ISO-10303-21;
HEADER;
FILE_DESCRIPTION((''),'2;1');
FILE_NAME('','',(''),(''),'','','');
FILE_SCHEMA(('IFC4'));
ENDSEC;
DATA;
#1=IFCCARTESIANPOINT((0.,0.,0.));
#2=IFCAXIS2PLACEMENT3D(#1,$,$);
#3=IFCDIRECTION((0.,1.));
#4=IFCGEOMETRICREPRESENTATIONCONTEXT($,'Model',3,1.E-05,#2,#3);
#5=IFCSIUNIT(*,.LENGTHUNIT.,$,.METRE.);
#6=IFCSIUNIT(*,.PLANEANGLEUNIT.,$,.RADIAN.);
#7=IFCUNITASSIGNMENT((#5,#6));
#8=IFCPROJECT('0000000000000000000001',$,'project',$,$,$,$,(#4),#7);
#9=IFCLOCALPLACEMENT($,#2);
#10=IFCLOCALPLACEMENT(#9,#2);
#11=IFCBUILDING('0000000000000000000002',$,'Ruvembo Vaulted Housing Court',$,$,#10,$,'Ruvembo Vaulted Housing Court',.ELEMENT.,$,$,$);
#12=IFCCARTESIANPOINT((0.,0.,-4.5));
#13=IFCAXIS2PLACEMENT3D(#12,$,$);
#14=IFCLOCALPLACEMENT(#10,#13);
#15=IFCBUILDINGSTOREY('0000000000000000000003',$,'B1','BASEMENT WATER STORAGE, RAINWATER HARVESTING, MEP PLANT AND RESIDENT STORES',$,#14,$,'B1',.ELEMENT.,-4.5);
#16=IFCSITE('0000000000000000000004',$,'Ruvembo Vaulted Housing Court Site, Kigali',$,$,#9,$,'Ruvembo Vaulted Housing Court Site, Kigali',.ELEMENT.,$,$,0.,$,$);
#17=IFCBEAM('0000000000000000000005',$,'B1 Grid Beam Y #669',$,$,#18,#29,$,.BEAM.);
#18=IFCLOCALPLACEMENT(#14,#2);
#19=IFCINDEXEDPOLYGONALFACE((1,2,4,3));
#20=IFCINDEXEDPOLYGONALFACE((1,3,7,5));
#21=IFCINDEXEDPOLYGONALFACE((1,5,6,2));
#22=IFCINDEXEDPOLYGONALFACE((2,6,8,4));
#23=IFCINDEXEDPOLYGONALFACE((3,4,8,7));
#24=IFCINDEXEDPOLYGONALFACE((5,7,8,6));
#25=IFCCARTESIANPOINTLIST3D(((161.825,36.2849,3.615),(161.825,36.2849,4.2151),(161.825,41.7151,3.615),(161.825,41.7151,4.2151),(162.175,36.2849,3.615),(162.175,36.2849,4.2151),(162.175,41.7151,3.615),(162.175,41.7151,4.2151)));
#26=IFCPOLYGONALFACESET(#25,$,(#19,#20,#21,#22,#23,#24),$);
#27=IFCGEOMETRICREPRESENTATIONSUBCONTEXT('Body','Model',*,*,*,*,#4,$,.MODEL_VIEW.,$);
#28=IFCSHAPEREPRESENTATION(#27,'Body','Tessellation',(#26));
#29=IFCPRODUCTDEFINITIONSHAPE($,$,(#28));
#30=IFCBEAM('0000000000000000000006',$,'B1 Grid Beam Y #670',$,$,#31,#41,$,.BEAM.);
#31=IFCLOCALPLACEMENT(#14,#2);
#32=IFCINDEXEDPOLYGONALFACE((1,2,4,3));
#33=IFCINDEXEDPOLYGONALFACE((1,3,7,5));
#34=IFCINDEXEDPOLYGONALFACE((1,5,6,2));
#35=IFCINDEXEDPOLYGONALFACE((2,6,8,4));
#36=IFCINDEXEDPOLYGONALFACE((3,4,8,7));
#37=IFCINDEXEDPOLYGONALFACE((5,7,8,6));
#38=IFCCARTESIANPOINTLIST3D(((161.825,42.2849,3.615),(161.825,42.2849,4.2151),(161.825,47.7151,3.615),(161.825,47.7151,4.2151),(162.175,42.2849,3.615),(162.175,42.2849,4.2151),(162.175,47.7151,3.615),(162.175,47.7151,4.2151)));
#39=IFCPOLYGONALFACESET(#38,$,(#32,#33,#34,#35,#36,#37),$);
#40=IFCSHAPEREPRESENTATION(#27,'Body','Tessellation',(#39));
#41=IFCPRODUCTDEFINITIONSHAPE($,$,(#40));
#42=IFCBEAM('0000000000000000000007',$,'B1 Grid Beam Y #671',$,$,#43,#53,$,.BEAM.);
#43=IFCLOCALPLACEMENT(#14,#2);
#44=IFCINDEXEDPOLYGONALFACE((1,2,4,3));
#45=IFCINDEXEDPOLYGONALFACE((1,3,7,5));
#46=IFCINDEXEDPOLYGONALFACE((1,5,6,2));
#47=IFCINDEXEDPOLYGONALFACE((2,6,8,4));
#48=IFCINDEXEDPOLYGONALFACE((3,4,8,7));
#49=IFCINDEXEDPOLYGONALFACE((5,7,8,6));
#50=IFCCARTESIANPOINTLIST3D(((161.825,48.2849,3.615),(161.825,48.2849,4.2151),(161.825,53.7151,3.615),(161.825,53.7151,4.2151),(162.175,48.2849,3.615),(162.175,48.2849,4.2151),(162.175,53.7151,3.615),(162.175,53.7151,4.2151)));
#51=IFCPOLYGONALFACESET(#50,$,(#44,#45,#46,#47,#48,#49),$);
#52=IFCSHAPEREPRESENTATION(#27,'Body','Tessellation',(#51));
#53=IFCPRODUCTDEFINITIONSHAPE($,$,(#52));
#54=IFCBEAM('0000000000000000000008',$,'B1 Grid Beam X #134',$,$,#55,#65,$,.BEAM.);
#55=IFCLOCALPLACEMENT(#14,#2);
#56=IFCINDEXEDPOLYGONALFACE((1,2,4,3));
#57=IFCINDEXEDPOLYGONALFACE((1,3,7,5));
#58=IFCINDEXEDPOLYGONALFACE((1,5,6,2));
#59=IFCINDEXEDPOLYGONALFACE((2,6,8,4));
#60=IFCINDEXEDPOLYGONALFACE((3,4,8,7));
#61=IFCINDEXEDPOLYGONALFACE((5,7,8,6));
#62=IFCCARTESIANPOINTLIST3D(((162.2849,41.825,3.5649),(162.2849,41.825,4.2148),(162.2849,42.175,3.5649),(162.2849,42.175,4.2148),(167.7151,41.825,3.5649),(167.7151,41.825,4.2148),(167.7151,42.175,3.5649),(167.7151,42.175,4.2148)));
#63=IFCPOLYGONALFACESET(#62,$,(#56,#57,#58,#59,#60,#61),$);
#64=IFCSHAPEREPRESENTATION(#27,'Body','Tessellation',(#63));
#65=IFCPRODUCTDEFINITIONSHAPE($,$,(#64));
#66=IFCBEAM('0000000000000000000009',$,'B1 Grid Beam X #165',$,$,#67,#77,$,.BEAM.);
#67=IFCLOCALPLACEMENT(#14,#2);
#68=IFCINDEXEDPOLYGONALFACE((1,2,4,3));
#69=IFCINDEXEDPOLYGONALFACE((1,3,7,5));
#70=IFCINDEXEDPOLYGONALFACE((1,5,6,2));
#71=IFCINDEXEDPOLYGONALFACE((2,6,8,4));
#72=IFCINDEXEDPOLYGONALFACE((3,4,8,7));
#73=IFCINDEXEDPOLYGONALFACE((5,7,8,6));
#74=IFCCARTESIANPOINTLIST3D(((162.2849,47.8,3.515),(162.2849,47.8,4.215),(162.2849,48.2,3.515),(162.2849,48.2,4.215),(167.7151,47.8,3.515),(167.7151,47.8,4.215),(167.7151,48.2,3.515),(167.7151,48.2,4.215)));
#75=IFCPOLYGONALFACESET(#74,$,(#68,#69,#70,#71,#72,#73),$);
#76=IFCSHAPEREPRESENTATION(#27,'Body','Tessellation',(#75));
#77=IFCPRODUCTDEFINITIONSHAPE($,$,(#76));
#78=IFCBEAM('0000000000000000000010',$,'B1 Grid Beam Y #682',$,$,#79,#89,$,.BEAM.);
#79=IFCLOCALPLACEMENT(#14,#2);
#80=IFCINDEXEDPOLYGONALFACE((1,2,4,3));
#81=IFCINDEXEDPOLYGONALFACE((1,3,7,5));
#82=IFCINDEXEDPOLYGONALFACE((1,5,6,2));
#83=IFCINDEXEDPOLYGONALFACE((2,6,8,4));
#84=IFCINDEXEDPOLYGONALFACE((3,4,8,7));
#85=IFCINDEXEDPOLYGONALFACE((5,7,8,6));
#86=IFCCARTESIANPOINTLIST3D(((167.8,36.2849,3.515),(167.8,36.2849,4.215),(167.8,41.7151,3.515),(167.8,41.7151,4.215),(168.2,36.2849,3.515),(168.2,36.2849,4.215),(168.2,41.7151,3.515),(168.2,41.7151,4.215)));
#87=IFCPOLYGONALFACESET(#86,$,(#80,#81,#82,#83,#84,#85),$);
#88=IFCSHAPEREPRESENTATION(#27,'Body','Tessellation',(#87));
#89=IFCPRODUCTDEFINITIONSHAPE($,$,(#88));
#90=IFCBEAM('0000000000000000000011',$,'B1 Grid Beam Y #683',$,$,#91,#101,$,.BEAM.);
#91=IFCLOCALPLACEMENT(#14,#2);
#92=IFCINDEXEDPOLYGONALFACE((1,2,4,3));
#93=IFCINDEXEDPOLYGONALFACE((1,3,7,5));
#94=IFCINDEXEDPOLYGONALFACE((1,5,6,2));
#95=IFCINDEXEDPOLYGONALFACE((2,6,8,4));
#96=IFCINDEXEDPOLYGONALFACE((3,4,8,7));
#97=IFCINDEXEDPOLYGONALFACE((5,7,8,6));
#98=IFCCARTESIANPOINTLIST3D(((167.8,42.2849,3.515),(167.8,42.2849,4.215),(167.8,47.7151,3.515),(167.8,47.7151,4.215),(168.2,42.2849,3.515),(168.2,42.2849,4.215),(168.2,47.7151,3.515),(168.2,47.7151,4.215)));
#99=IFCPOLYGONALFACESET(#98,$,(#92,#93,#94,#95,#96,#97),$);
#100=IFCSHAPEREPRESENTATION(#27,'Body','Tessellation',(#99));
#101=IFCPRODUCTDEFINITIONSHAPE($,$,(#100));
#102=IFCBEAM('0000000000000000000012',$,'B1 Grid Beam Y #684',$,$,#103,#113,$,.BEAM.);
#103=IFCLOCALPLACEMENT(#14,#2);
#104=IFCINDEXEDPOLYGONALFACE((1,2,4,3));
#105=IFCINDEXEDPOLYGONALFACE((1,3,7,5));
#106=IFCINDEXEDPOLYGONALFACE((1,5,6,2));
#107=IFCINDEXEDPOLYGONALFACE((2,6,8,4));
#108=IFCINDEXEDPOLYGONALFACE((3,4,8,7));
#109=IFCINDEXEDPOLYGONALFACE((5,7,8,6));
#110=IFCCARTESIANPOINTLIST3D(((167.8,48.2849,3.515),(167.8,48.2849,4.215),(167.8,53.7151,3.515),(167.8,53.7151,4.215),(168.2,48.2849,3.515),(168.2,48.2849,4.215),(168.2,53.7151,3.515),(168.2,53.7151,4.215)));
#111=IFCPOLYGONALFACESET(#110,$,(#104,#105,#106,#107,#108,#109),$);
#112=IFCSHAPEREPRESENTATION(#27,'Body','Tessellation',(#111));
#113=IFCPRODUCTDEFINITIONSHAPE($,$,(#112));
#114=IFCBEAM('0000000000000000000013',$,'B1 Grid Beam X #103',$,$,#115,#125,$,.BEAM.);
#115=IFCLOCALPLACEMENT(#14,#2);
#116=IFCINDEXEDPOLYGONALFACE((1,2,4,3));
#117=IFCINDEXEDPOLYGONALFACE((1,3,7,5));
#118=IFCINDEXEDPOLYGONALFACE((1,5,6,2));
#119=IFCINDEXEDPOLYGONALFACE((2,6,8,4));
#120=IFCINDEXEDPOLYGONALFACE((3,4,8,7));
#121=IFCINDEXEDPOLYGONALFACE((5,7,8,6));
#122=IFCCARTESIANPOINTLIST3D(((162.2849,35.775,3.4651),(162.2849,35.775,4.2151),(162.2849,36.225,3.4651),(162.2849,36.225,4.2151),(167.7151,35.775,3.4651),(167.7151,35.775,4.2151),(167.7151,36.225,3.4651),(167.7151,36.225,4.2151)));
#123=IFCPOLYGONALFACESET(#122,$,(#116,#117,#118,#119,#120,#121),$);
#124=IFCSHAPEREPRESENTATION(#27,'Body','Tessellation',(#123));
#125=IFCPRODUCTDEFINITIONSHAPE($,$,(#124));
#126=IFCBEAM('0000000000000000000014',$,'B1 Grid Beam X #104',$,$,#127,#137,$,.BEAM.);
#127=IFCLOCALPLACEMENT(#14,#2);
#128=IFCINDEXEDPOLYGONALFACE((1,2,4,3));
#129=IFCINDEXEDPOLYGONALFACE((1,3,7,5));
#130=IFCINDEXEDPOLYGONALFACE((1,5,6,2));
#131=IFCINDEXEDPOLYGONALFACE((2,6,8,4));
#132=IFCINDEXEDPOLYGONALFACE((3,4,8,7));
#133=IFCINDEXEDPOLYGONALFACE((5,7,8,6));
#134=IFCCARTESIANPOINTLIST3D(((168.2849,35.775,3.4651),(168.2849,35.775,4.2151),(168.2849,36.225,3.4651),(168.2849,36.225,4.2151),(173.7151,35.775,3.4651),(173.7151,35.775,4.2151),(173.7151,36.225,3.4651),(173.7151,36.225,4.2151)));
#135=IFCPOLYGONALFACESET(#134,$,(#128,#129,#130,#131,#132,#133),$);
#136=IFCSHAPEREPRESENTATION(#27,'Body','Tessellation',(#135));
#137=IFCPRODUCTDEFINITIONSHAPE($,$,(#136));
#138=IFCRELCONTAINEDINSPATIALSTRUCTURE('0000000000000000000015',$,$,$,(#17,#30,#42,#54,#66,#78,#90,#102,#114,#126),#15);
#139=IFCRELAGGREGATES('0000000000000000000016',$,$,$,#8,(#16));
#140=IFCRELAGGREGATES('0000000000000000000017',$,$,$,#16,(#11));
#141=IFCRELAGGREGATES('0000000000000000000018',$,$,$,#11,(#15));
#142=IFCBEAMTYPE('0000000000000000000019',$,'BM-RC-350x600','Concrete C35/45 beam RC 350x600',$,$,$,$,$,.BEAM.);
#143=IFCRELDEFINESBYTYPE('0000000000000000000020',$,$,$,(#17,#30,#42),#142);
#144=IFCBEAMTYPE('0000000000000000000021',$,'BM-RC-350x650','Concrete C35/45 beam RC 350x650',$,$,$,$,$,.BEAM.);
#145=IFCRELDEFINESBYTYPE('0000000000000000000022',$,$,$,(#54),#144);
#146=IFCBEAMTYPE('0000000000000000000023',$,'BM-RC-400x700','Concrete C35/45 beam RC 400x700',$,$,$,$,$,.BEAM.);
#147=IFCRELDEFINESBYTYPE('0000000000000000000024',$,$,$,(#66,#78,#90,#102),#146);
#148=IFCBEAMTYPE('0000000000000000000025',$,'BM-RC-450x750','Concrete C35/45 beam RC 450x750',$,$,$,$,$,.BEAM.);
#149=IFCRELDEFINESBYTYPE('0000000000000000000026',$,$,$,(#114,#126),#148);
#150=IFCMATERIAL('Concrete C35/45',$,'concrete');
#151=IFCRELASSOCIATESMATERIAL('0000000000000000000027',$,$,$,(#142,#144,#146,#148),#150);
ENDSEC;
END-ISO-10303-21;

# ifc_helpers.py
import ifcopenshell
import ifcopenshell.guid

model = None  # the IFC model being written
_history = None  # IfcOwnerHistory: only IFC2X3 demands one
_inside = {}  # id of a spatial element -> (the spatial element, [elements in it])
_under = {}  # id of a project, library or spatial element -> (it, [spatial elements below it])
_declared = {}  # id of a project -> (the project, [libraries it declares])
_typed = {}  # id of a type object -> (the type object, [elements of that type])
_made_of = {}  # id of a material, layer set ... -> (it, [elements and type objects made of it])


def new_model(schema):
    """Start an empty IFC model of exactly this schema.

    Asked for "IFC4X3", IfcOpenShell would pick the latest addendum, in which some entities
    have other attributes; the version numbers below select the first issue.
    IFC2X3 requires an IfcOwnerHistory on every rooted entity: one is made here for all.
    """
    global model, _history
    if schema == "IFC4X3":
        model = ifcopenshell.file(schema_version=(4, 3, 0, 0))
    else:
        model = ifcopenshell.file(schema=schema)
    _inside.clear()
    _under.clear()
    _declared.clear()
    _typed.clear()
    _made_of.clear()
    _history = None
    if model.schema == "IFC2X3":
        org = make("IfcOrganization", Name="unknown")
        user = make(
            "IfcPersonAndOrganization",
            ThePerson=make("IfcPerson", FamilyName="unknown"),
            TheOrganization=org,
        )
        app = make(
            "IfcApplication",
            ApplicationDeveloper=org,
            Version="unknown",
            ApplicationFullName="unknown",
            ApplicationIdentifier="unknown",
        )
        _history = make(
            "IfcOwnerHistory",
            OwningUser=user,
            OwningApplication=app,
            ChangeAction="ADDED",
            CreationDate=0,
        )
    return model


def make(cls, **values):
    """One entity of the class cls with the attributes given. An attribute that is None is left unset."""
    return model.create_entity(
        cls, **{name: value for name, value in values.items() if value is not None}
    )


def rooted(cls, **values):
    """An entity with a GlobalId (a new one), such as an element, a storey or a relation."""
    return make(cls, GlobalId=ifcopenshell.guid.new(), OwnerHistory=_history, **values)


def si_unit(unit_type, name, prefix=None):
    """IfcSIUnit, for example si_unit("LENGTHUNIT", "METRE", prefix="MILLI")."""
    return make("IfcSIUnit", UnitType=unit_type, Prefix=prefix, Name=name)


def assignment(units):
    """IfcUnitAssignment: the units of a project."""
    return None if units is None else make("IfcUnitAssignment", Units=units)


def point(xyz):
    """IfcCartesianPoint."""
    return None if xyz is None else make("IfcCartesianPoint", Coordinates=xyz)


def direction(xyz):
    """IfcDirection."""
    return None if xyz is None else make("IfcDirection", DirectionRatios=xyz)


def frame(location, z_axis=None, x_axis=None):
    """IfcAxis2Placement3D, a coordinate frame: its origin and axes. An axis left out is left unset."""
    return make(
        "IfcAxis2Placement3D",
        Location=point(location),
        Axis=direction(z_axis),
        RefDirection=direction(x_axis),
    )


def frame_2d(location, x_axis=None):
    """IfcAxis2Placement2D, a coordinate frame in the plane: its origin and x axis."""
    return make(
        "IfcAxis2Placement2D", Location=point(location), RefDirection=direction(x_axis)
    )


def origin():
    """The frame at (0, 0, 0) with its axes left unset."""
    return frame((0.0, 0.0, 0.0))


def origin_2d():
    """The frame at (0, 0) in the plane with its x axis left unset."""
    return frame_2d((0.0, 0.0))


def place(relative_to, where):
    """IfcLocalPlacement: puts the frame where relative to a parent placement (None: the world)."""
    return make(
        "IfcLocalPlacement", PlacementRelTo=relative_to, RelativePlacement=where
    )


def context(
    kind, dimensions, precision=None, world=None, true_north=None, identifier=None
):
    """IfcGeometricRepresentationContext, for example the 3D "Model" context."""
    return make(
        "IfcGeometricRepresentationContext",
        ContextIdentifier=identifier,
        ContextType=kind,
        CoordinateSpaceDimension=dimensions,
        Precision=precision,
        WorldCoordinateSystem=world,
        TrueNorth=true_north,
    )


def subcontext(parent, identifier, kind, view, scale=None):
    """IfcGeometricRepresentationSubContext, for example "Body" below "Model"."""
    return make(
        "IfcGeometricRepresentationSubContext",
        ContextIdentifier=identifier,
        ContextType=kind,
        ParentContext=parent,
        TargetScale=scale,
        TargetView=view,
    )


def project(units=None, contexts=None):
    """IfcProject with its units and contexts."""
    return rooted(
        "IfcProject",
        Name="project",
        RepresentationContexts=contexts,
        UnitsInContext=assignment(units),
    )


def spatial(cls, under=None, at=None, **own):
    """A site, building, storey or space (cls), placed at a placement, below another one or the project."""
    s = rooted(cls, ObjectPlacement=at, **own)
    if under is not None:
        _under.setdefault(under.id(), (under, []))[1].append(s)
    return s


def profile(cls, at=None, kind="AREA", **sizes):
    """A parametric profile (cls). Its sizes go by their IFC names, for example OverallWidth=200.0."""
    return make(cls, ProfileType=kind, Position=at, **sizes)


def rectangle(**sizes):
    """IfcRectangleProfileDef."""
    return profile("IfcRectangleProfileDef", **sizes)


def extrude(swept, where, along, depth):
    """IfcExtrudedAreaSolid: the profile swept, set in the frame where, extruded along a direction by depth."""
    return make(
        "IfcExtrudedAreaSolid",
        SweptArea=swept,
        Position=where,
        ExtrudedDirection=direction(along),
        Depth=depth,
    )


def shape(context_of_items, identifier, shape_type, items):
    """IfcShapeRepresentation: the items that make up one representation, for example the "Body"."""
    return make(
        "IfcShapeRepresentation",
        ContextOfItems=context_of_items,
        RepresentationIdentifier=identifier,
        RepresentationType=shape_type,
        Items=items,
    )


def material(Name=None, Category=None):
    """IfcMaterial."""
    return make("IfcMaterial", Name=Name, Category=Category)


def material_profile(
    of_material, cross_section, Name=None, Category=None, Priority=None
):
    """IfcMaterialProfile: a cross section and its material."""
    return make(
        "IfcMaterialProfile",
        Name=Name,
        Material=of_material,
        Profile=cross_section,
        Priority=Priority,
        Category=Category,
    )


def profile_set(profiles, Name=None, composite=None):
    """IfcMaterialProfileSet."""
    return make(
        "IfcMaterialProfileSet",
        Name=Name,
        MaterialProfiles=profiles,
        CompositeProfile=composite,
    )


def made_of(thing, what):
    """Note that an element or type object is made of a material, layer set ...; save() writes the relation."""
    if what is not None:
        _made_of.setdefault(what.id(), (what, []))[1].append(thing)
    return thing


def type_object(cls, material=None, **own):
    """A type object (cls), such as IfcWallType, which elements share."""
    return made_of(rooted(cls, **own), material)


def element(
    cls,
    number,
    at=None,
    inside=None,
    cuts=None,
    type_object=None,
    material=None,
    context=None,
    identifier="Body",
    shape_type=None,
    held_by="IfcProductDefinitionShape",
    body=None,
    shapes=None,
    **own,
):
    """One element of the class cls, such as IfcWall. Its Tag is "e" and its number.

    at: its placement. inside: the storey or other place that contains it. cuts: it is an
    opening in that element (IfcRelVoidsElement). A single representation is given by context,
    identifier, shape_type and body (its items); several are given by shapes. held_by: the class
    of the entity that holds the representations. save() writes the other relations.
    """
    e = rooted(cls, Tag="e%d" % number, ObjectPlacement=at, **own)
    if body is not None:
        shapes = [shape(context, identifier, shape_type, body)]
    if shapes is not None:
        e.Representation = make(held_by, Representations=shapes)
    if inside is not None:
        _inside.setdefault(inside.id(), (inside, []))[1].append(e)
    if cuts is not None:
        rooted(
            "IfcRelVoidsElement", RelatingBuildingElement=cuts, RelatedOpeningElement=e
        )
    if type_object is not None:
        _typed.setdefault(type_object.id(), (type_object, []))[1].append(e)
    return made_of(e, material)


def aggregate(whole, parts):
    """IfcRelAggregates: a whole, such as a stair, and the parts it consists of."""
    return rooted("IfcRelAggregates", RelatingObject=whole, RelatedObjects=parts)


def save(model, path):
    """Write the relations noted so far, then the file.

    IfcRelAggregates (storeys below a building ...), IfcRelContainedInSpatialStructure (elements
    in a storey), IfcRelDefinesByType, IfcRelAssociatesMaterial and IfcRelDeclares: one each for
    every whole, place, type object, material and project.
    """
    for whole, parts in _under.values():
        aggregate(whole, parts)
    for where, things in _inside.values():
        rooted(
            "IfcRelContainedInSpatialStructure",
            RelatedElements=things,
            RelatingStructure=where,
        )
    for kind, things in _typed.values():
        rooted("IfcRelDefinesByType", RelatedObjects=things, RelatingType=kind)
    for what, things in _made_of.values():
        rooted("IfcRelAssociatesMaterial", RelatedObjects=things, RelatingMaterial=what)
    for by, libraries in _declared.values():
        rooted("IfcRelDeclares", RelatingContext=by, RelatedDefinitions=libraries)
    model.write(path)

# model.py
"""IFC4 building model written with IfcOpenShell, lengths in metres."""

from ifc_helpers import new_model, si_unit, direction, frame, origin, origin_2d, place, context, subcontext, project, spatial, rectangle, extrude, material, material_profile, profile_set, type_object, element, save


model = new_model("IFC4")

# Units and contexts
model_context = context("Model", 3, precision=1e-05, world=origin(), true_north=direction((0.0, 1.0)))
body_context = subcontext(model_context, "Body", "Model", "MODEL_VIEW")
ifc_project = project(units=[si_unit("LENGTHUNIT", "METRE"), si_unit("PLANEANGLEUNIT", "RADIAN")], contexts=[model_context])

# Site, building, storey
site_placement = place(None, origin())
site = spatial("IfcSite", under=ifc_project, at=site_placement, Name="Ruvembo Vaulted Housing Court Site, Kigali", LongName="Ruvembo Vaulted Housing Court Site, Kigali", CompositionType="ELEMENT", RefElevation=0.0)
building_placement = place(site_placement, origin())
building = spatial("IfcBuilding", under=site, at=building_placement, Name="Ruvembo Vaulted Housing Court", LongName="Ruvembo Vaulted Housing Court", CompositionType="ELEMENT")
storey_placement = place(building_placement, frame((0.0, 0.0, -4.5)))
storey = spatial("IfcBuildingStorey", under=building, at=storey_placement, Name="B1", Description="BASEMENT WATER STORAGE, RAINWATER HARVESTING, MEP PLANT AND RESIDENT STORES", LongName="B1", CompositionType="ELEMENT", Elevation=-4.5)

# Shared definitions
ifc_material_1 = material(Name="Concrete C35/45", Category="concrete")

# Beams
ifc_material_profile_1 = material_profile(ifc_material_1, rectangle(XDim=0.3501, YDim=0.6001, at=origin_2d()), Name="RC 350x600")
ifc_profile_set_1 = profile_set([ifc_material_profile_1], Name="Concrete C35/45")
beam_type_1 = type_object("IfcBeamType", Name="BM-RC-350x600", Description="Concrete C35/45 beam RC 350x600", PredefinedType="BEAM", material=ifc_profile_set_1)
for number, where, z_axis, x_axis, name in (
    (1, (162.0, 36.2849, 3.915), (0.0, 1.0, 0.0), (-1.0, 0.0, 0.0), "B1 Grid Beam Y #669"),
    (2, (162.0, 42.2849, 3.915), (0.0, 1.0, 0.0), (-1.0, 0.0, 0.0), "B1 Grid Beam Y #670"),
    (3, (162.0, 48.2849, 3.915), (0.0, 1.0, 0.0), (-1.0, 0.0, 0.0), "B1 Grid Beam Y #671"),
):
    element("IfcBeam", number, at=place(storey_placement, frame(where, z_axis=z_axis, x_axis=x_axis)), inside=storey, type_object=beam_type_1, Name=name, PredefinedType="BEAM", context=body_context, shape_type="SweptSolid", body=[
        extrude(rectangle(XDim=0.3501, YDim=0.6001, at=origin_2d()), origin(), (0.0, 0.0, 1.0), 5.4302),
    ])
ifc_material_profile_2 = material_profile(ifc_material_1, rectangle(XDim=0.3501, YDim=0.6499, at=origin_2d()), Name="RC 350x650")
ifc_profile_set_2 = profile_set([ifc_material_profile_2], Name="Concrete C35/45")
beam_type_2 = type_object("IfcBeamType", Name="BM-RC-350x650", Description="Concrete C35/45 beam RC 350x650", PredefinedType="BEAM", material=ifc_profile_set_2)
beam_placement = place(storey_placement, frame((162.2849, 42.0, 3.8899), z_axis=(1.0, 0.0, 0.0), x_axis=(0.0, 1.0, 0.0)))
element("IfcBeam", 4, at=beam_placement, inside=storey, type_object=beam_type_2, Name="B1 Grid Beam X #134", PredefinedType="BEAM", context=body_context, shape_type="SweptSolid", body=[
    extrude(rectangle(XDim=0.3501, YDim=0.6499, at=origin_2d()), origin(), (0.0, 0.0, 1.0), 5.4302),
])
ifc_material_profile_3 = material_profile(ifc_material_1, rectangle(XDim=0.3999, YDim=0.7, at=origin_2d()), Name="RC 400x700")
ifc_profile_set_3 = profile_set([ifc_material_profile_3], Name="Concrete C35/45")
beam_type_3 = type_object("IfcBeamType", Name="BM-RC-400x700", Description="Concrete C35/45 beam RC 400x700", PredefinedType="BEAM", material=ifc_profile_set_3)
for number, where, z_axis, x_axis, name in (
    (5, (162.2849, 48.0, 3.865), (1.0, 0.0, 0.0), (0.0, 1.0, 0.0), "B1 Grid Beam X #165"),
    (6, (168.0, 36.2849, 3.865), (0.0, 1.0, 0.0), (-1.0, 0.0, 0.0), "B1 Grid Beam Y #682"),
    (7, (168.0, 42.2849, 3.865), (0.0, 1.0, 0.0), (-1.0, 0.0, 0.0), "B1 Grid Beam Y #683"),
    (8, (168.0, 48.2849, 3.865), (0.0, 1.0, 0.0), (-1.0, 0.0, 0.0), "B1 Grid Beam Y #684"),
):
    element("IfcBeam", number, at=place(storey_placement, frame(where, z_axis=z_axis, x_axis=x_axis)), inside=storey, type_object=beam_type_3, Name=name, PredefinedType="BEAM", context=body_context, shape_type="SweptSolid", body=[
        extrude(rectangle(XDim=0.3999, YDim=0.7, at=origin_2d()), origin(), (0.0, 0.0, 1.0), 5.4302),
    ])
ifc_material_profile_4 = material_profile(ifc_material_1, rectangle(XDim=0.45, YDim=0.75, at=origin_2d()), Name="RC 450x750")
ifc_profile_set_4 = profile_set([ifc_material_profile_4], Name="Concrete C35/45")
beam_type_4 = type_object("IfcBeamType", Name="BM-RC-450x750", Description="Concrete C35/45 beam RC 450x750", PredefinedType="BEAM", material=ifc_profile_set_4)
for number, where, z_axis, x_axis, name in (
    (9, (162.2849, 36.0, 3.8401), (1.0, 0.0, 0.0), (0.0, 1.0, 0.0), "B1 Grid Beam X #103"),
    (10, (168.2849, 36.0, 3.8401), (1.0, 0.0, 0.0), (0.0, 1.0, 0.0), "B1 Grid Beam X #104"),
):
    element("IfcBeam", number, at=place(storey_placement, frame(where, z_axis=z_axis, x_axis=x_axis)), inside=storey, type_object=beam_type_4, Name=name, PredefinedType="BEAM", context=body_context, shape_type="SweptSolid", body=[
        extrude(rectangle(XDim=0.45, YDim=0.75, at=origin_2d()), origin(), (0.0, 0.0, 1.0), 5.4302),
    ])

save(model, "model.ifc")
